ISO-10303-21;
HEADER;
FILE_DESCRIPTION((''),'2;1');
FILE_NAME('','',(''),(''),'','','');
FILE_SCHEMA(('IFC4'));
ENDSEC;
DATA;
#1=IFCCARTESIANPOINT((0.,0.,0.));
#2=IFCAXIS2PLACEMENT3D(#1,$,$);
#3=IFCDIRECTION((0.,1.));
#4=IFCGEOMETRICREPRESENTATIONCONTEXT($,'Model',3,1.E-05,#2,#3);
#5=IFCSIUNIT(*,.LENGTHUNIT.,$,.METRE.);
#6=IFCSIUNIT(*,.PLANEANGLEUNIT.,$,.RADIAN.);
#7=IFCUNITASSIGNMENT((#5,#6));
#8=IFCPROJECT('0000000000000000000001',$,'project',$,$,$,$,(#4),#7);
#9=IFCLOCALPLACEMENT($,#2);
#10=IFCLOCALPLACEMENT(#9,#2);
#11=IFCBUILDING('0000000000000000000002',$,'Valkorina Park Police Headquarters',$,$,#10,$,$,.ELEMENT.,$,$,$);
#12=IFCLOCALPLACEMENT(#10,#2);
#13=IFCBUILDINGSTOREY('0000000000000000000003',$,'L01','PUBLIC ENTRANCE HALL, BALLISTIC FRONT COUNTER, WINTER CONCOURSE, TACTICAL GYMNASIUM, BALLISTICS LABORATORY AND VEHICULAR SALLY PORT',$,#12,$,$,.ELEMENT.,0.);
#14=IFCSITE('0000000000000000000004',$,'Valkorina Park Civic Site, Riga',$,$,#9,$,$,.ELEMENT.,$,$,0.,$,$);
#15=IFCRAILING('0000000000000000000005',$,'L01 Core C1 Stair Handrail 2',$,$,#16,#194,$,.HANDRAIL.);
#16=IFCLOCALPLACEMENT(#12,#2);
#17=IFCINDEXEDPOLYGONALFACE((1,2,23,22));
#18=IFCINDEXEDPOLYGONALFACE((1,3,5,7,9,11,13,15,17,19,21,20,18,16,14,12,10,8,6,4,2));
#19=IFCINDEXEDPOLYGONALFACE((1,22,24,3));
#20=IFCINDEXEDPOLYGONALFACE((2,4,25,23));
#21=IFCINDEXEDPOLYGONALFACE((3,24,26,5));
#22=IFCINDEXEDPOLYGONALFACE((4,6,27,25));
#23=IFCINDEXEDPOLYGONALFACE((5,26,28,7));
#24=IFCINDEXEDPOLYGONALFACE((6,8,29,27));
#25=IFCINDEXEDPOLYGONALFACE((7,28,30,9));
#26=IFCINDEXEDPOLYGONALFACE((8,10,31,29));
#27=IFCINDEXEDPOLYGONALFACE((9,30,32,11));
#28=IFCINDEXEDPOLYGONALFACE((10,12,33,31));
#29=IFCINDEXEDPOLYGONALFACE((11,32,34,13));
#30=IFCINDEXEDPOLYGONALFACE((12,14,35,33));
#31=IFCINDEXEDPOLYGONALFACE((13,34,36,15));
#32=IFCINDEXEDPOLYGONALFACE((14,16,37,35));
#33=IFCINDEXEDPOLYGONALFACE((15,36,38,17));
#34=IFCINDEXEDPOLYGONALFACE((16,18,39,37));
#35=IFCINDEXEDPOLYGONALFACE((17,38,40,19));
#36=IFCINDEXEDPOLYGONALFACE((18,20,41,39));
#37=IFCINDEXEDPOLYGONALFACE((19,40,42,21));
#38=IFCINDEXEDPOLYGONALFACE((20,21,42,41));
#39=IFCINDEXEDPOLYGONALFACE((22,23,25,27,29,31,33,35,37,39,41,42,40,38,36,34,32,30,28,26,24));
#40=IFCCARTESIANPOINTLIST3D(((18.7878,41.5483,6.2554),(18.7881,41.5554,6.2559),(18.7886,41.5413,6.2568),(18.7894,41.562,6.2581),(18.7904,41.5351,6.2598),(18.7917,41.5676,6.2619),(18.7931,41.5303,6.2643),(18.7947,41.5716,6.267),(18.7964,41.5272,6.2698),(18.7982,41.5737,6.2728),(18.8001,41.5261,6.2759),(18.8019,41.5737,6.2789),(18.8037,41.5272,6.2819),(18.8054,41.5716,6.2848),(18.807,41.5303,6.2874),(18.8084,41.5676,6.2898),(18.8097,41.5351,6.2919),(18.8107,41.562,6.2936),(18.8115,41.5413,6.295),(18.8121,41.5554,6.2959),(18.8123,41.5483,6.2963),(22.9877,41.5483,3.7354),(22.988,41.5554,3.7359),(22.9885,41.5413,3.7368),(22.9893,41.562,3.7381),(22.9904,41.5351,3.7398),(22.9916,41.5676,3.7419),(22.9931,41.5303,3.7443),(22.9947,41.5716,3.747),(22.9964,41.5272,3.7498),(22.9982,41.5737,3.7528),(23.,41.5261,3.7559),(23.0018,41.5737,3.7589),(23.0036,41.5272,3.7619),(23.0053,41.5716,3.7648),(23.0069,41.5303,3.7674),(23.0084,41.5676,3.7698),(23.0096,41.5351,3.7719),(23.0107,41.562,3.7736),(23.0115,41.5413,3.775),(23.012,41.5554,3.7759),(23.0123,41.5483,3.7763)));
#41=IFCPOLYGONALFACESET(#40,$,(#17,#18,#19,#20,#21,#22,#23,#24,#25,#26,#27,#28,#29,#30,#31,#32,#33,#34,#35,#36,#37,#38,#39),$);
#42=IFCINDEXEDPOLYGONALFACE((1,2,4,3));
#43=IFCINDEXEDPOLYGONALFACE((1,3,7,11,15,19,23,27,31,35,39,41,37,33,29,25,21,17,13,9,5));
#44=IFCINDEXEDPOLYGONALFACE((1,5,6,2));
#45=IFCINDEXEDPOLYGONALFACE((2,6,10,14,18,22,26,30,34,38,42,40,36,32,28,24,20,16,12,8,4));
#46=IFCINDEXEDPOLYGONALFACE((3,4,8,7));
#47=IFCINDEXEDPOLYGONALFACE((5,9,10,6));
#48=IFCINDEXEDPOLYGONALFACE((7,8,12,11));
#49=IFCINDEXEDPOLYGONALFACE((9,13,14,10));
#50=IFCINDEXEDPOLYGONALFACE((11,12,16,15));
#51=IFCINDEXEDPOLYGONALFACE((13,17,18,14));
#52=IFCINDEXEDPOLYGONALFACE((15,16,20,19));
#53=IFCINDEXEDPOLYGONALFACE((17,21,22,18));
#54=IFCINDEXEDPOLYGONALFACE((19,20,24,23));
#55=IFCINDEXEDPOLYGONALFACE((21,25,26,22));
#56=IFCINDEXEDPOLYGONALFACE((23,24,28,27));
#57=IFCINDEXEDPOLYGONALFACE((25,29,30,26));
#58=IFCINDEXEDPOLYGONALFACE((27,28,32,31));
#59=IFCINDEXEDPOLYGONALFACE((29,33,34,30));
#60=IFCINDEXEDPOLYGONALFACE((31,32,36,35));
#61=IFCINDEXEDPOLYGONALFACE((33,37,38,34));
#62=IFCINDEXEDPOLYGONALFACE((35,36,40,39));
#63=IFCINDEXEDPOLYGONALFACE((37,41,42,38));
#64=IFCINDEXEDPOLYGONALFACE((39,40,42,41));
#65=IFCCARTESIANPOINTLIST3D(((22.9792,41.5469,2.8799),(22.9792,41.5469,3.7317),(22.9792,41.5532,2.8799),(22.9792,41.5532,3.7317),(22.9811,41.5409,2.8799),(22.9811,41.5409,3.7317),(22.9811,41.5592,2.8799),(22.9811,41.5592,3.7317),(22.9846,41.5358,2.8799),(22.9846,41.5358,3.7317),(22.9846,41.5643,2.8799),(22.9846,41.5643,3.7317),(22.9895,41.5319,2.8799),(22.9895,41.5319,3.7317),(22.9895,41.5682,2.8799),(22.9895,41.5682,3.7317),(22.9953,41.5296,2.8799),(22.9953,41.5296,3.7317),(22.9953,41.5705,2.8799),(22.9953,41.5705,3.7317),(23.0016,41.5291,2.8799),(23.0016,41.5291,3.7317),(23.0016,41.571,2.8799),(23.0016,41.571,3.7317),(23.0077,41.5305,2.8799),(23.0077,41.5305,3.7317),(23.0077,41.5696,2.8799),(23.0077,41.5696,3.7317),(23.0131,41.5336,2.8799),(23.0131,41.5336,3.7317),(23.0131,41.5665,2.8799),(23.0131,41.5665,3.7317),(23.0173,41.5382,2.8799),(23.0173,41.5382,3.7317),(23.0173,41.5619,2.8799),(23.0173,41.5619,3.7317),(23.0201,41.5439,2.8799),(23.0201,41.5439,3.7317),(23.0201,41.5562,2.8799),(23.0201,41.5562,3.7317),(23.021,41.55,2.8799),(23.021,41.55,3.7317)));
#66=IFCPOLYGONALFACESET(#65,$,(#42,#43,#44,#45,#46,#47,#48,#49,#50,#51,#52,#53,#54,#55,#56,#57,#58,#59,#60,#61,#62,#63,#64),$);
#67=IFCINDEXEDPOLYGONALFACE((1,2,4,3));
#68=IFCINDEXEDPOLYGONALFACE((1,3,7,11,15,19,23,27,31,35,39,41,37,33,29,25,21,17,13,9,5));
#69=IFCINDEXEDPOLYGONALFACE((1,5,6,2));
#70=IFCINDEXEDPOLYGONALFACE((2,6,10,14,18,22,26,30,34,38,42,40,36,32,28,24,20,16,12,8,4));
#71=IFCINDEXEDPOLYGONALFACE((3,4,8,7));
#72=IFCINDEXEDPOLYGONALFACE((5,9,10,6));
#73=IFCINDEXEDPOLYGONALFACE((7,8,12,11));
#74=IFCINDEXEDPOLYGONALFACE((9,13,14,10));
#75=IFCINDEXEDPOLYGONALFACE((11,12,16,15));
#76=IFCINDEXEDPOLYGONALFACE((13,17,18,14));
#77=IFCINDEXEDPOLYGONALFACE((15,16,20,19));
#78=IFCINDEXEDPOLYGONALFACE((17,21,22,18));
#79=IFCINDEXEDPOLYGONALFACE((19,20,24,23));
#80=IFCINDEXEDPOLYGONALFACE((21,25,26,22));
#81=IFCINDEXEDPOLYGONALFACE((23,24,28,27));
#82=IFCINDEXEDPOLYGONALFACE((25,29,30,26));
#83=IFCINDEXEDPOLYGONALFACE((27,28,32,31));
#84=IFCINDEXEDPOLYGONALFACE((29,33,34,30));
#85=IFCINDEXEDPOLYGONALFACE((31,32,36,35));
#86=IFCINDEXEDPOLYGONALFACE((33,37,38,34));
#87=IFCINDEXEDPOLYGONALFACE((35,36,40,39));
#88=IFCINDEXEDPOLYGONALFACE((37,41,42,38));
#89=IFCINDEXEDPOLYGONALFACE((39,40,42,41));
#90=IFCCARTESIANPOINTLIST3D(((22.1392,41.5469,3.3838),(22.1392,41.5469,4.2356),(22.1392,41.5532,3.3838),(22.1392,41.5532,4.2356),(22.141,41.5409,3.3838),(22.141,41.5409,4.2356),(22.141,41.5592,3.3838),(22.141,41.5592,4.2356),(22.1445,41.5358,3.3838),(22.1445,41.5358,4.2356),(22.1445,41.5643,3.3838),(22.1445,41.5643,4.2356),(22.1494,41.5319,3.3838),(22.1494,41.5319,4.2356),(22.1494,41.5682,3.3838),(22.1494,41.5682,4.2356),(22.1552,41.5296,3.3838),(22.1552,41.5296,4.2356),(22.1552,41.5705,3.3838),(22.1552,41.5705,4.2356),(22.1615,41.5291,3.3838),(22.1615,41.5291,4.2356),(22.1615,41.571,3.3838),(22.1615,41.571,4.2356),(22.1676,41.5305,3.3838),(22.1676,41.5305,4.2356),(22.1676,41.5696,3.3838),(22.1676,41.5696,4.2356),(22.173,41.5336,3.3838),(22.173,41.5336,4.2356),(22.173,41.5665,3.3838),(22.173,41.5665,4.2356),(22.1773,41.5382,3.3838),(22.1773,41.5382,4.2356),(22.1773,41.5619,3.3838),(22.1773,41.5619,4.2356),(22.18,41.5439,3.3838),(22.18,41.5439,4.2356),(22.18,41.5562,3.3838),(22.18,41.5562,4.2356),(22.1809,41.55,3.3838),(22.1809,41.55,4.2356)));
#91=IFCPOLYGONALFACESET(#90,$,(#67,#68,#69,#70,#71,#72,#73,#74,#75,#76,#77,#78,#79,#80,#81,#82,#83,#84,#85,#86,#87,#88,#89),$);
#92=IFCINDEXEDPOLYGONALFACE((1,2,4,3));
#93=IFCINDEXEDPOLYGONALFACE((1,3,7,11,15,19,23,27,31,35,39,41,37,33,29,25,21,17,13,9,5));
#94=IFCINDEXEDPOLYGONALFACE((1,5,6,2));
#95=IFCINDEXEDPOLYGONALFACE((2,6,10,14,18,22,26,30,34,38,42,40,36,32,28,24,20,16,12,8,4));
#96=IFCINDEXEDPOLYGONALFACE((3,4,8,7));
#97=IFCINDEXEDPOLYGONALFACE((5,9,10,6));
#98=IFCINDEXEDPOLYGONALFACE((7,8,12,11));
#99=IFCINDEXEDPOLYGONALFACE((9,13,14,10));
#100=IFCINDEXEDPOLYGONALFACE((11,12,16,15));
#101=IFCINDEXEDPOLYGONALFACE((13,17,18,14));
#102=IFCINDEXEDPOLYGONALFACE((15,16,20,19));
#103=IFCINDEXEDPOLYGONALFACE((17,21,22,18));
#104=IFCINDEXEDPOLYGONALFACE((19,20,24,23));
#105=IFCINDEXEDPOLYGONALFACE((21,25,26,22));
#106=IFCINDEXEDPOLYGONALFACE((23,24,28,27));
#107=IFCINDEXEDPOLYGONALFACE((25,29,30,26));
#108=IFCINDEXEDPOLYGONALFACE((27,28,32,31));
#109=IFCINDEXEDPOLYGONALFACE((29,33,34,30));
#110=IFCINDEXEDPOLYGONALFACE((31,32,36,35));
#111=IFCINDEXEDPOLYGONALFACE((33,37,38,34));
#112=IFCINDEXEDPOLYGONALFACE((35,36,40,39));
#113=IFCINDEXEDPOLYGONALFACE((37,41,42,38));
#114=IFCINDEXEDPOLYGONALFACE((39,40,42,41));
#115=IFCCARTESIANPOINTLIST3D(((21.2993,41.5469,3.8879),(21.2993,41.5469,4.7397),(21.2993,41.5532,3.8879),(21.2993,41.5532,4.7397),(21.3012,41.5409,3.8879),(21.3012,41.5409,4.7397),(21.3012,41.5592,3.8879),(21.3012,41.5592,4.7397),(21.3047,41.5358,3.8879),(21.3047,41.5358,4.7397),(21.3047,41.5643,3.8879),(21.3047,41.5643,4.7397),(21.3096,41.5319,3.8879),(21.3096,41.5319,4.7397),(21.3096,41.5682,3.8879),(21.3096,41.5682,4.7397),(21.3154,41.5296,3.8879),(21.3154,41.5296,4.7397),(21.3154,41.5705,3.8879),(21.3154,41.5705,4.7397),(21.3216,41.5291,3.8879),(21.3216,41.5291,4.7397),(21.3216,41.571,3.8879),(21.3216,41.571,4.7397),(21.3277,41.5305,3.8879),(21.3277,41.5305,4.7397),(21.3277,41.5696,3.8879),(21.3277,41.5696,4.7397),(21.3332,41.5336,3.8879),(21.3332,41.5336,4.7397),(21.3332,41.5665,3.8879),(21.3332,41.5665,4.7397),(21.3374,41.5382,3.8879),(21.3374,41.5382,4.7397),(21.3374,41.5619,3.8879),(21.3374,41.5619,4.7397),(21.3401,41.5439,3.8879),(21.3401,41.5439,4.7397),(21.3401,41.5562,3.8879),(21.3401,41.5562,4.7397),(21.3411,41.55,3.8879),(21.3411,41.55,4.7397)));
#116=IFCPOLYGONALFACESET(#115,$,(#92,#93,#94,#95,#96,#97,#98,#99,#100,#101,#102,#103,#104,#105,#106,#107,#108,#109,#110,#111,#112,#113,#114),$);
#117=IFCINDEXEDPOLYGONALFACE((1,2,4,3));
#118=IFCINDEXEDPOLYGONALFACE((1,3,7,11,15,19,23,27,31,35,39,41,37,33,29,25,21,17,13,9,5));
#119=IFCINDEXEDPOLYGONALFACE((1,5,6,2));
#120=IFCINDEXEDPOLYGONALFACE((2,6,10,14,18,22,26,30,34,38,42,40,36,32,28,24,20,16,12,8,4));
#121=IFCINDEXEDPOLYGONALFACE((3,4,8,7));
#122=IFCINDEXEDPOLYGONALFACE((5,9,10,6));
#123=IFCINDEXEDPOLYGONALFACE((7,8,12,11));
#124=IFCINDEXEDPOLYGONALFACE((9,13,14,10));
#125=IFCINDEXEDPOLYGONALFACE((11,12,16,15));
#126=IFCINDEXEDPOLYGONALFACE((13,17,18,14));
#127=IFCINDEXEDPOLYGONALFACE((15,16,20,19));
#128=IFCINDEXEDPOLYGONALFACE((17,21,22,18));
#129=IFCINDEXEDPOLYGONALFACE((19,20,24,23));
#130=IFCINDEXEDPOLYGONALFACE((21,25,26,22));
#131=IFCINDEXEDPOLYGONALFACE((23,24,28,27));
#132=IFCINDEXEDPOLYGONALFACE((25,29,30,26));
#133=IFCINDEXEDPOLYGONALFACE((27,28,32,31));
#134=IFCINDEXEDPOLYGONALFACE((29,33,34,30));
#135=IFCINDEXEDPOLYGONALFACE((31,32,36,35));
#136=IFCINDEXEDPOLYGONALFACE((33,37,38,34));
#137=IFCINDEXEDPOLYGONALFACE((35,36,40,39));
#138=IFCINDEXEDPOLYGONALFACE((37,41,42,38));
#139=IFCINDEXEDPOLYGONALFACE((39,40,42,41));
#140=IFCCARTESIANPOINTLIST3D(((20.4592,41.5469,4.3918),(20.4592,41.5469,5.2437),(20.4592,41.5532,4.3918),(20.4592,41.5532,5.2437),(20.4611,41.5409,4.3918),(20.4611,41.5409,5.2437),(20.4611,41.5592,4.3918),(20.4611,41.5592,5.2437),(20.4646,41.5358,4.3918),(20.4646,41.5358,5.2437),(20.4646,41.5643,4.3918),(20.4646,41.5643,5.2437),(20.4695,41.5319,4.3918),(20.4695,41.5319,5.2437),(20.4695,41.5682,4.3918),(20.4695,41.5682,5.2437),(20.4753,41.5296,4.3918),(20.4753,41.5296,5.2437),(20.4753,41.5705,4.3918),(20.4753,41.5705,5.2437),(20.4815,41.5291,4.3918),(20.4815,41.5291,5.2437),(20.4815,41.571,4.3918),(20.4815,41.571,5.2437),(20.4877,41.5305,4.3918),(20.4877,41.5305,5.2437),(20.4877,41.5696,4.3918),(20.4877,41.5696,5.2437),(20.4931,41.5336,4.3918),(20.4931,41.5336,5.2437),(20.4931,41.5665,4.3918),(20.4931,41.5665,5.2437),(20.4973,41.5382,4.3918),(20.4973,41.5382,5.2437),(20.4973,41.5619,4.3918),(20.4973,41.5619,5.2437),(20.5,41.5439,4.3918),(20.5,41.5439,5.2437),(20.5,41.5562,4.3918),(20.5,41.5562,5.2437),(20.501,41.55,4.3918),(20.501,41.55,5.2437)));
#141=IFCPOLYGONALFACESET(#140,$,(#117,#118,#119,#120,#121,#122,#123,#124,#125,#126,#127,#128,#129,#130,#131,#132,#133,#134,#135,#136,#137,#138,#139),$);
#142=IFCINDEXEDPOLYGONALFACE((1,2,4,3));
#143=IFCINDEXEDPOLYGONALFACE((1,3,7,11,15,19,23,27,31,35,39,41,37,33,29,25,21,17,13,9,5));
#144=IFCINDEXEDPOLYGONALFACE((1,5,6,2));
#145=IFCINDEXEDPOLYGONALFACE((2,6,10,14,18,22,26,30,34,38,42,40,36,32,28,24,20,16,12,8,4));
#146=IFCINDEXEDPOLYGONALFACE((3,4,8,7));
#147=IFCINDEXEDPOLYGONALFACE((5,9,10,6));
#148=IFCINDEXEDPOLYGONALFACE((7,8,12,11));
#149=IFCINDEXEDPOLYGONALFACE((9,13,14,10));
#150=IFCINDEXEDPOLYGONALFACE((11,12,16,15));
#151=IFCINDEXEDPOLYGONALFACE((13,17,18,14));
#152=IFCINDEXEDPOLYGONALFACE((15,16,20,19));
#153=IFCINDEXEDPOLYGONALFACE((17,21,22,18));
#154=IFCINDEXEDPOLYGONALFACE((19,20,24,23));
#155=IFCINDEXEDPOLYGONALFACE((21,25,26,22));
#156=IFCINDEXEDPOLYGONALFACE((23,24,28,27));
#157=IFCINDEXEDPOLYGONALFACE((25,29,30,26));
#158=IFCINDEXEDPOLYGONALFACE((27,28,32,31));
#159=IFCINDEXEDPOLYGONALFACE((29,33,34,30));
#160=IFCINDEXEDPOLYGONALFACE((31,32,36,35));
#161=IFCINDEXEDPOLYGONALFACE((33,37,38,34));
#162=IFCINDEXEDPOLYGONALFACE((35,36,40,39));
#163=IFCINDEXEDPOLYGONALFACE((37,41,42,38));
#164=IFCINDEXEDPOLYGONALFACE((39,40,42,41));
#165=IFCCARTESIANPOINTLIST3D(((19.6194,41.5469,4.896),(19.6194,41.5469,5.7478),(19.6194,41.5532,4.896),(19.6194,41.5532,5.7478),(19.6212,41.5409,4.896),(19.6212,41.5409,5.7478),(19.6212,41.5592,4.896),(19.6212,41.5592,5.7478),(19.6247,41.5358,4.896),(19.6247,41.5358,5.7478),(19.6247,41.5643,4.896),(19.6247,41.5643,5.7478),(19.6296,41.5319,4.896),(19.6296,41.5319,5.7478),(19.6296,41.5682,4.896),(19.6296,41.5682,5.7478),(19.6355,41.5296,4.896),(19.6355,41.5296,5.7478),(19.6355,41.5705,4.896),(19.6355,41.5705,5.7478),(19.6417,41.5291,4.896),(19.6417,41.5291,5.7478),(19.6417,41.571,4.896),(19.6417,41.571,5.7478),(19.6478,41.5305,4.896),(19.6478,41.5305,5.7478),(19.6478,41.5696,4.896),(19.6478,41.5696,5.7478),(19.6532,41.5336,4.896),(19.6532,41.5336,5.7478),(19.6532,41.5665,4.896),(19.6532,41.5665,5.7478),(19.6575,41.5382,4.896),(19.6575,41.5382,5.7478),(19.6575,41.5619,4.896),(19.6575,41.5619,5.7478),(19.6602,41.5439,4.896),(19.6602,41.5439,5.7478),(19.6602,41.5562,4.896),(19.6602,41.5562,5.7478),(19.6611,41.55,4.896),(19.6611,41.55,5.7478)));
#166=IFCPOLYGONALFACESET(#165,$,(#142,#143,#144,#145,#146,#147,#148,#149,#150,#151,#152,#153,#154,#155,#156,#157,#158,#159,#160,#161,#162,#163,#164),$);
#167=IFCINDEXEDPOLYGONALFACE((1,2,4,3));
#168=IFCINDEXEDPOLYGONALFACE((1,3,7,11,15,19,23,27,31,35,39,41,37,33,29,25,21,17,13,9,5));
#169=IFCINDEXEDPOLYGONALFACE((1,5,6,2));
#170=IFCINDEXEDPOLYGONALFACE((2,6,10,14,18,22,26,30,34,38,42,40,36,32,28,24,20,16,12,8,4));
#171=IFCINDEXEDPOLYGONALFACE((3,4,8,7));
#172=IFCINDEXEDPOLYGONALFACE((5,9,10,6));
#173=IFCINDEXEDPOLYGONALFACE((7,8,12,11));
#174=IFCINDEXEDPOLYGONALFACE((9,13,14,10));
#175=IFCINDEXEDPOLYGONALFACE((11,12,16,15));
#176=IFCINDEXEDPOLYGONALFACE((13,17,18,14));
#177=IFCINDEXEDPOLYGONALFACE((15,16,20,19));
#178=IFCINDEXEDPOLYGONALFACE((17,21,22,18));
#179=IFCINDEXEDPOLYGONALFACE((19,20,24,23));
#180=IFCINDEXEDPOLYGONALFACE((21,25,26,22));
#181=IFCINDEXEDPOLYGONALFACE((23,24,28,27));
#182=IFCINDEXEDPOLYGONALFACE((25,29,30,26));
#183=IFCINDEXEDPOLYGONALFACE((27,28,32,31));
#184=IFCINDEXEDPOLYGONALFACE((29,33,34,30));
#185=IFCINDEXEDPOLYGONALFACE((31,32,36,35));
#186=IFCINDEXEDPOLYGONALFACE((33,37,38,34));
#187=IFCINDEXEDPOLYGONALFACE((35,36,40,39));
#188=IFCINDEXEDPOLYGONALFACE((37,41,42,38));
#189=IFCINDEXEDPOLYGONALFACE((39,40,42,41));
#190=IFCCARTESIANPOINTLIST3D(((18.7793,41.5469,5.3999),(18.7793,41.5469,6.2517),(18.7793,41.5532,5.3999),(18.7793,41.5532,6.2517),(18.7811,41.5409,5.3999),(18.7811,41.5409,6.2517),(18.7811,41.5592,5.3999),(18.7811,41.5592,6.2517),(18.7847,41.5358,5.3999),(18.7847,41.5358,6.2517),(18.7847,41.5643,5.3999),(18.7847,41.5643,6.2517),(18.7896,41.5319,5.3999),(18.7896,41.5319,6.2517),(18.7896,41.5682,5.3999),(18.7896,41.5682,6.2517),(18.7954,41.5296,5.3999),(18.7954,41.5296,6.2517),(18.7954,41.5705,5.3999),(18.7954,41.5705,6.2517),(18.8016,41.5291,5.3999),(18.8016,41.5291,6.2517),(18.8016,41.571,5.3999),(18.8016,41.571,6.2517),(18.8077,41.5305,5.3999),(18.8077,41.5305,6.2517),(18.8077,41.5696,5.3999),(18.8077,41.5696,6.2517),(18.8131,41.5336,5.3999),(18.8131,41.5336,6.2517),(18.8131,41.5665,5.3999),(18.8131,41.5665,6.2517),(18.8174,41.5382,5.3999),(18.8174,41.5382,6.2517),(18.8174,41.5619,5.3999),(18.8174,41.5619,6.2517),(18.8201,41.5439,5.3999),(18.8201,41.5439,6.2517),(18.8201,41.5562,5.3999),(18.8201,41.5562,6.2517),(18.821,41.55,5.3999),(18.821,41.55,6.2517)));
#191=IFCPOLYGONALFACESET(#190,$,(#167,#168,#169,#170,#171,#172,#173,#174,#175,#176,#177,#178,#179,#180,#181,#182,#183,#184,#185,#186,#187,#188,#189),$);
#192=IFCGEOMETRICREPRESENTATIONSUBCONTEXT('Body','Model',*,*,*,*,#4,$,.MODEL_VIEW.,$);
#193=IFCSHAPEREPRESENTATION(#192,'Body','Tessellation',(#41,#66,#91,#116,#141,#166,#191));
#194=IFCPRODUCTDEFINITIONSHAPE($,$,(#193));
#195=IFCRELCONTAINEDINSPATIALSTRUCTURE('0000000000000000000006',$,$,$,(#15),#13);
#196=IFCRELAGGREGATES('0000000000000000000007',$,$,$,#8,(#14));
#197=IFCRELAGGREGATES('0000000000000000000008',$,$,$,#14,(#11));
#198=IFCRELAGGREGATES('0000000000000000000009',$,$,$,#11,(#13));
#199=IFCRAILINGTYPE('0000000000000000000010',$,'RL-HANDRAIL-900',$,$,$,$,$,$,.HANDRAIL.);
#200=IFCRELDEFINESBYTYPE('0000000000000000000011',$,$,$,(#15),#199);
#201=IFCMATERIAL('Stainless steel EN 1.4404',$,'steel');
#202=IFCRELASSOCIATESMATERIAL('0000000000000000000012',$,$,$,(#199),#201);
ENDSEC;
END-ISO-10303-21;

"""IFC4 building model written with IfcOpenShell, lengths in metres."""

from ifc_helpers import new_model, si_unit, direction, frame, origin, origin_2d, place, context, subcontext, project, spatial, circle, extrude, material, type_object, element, save


model = new_model("IFC4")

# Units and contexts
model_context = context("Model", 3, precision=1e-05, world=origin(), true_north=direction((0.0, 1.0)))
body_context = subcontext(model_context, "Body", "Model", "MODEL_VIEW")
ifc_project = project(units=[si_unit("LENGTHUNIT", "METRE"), si_unit("PLANEANGLEUNIT", "RADIAN")], contexts=[model_context])

# Site, building, storey
site_placement = place(None, origin())
site = spatial("IfcSite", under=ifc_project, at=site_placement, Name="Valkorina Park Civic Site, Riga", CompositionType="ELEMENT", RefElevation=0.0)
building_placement = place(site_placement, origin())
building = spatial("IfcBuilding", under=site, at=building_placement, Name="Valkorina Park Police Headquarters", CompositionType="ELEMENT")
storey_placement = place(building_placement, origin())
storey = spatial("IfcBuildingStorey", under=building, at=storey_placement, Name="L01", Description="PUBLIC ENTRANCE HALL, BALLISTIC FRONT COUNTER, WINTER CONCOURSE, TACTICAL GYMNASIUM, BALLISTICS LABORATORY AND VEHICULAR SALLY PORT", CompositionType="ELEMENT", Elevation=0.0)

# Shared definitions
ifc_material_1 = material(Name="Stainless steel EN 1.4404", Category="steel")

# Railing
railing_type_1 = type_object("IfcRailingType", Name="RL-HANDRAIL-900", PredefinedType="HANDRAIL", material=ifc_material_1)
railing_1_placement = place(storey_placement, frame((23.0, 41.55, 2.8799)))
element("IfcRailing", 1, at=railing_1_placement, inside=storey, type_object=railing_type_1, Name="L01 Core C1 Stair Handrail 2", PredefinedType="HANDRAIL", context=body_context, shape_type="SweptSolid", body=[
    extrude(circle(Radius=0.0239, at=origin_2d()), frame((0.0, 0.0, 0.876), z_axis=(-0.857489, 0.0, 0.514503), x_axis=(0.0, -1.0, 0.0)), (0.0, 0.0, 1.0), 4.8979),
    extrude(circle(Radius=0.021, at=origin_2d()), origin(), (0.0, 0.0, 1.0), 0.8518),
    extrude(circle(Radius=0.021, at=origin_2d()), frame((-0.8401, 0.0, 0.5039)), (0.0, 0.0, 1.0), 0.8518),
    extrude(circle(Radius=0.021, at=origin_2d()), frame((-1.6799, 0.0, 1.0081)), (0.0, 0.0, 1.0), 0.8518),
    extrude(circle(Radius=0.021, at=origin_2d()), frame((-2.52, 0.0, 1.512)), (0.0, 0.0, 1.0), 0.8518),
    extrude(circle(Radius=0.021, at=origin_2d()), frame((-3.3599, 0.0, 2.0161)), (0.0, 0.0, 1.0), 0.8518),
    extrude(circle(Radius=0.021, at=origin_2d()), frame((-4.2, 0.0, 2.52)), (0.0, 0.0, 1.0), 0.8518),
])

save(model, "model.ifc")
